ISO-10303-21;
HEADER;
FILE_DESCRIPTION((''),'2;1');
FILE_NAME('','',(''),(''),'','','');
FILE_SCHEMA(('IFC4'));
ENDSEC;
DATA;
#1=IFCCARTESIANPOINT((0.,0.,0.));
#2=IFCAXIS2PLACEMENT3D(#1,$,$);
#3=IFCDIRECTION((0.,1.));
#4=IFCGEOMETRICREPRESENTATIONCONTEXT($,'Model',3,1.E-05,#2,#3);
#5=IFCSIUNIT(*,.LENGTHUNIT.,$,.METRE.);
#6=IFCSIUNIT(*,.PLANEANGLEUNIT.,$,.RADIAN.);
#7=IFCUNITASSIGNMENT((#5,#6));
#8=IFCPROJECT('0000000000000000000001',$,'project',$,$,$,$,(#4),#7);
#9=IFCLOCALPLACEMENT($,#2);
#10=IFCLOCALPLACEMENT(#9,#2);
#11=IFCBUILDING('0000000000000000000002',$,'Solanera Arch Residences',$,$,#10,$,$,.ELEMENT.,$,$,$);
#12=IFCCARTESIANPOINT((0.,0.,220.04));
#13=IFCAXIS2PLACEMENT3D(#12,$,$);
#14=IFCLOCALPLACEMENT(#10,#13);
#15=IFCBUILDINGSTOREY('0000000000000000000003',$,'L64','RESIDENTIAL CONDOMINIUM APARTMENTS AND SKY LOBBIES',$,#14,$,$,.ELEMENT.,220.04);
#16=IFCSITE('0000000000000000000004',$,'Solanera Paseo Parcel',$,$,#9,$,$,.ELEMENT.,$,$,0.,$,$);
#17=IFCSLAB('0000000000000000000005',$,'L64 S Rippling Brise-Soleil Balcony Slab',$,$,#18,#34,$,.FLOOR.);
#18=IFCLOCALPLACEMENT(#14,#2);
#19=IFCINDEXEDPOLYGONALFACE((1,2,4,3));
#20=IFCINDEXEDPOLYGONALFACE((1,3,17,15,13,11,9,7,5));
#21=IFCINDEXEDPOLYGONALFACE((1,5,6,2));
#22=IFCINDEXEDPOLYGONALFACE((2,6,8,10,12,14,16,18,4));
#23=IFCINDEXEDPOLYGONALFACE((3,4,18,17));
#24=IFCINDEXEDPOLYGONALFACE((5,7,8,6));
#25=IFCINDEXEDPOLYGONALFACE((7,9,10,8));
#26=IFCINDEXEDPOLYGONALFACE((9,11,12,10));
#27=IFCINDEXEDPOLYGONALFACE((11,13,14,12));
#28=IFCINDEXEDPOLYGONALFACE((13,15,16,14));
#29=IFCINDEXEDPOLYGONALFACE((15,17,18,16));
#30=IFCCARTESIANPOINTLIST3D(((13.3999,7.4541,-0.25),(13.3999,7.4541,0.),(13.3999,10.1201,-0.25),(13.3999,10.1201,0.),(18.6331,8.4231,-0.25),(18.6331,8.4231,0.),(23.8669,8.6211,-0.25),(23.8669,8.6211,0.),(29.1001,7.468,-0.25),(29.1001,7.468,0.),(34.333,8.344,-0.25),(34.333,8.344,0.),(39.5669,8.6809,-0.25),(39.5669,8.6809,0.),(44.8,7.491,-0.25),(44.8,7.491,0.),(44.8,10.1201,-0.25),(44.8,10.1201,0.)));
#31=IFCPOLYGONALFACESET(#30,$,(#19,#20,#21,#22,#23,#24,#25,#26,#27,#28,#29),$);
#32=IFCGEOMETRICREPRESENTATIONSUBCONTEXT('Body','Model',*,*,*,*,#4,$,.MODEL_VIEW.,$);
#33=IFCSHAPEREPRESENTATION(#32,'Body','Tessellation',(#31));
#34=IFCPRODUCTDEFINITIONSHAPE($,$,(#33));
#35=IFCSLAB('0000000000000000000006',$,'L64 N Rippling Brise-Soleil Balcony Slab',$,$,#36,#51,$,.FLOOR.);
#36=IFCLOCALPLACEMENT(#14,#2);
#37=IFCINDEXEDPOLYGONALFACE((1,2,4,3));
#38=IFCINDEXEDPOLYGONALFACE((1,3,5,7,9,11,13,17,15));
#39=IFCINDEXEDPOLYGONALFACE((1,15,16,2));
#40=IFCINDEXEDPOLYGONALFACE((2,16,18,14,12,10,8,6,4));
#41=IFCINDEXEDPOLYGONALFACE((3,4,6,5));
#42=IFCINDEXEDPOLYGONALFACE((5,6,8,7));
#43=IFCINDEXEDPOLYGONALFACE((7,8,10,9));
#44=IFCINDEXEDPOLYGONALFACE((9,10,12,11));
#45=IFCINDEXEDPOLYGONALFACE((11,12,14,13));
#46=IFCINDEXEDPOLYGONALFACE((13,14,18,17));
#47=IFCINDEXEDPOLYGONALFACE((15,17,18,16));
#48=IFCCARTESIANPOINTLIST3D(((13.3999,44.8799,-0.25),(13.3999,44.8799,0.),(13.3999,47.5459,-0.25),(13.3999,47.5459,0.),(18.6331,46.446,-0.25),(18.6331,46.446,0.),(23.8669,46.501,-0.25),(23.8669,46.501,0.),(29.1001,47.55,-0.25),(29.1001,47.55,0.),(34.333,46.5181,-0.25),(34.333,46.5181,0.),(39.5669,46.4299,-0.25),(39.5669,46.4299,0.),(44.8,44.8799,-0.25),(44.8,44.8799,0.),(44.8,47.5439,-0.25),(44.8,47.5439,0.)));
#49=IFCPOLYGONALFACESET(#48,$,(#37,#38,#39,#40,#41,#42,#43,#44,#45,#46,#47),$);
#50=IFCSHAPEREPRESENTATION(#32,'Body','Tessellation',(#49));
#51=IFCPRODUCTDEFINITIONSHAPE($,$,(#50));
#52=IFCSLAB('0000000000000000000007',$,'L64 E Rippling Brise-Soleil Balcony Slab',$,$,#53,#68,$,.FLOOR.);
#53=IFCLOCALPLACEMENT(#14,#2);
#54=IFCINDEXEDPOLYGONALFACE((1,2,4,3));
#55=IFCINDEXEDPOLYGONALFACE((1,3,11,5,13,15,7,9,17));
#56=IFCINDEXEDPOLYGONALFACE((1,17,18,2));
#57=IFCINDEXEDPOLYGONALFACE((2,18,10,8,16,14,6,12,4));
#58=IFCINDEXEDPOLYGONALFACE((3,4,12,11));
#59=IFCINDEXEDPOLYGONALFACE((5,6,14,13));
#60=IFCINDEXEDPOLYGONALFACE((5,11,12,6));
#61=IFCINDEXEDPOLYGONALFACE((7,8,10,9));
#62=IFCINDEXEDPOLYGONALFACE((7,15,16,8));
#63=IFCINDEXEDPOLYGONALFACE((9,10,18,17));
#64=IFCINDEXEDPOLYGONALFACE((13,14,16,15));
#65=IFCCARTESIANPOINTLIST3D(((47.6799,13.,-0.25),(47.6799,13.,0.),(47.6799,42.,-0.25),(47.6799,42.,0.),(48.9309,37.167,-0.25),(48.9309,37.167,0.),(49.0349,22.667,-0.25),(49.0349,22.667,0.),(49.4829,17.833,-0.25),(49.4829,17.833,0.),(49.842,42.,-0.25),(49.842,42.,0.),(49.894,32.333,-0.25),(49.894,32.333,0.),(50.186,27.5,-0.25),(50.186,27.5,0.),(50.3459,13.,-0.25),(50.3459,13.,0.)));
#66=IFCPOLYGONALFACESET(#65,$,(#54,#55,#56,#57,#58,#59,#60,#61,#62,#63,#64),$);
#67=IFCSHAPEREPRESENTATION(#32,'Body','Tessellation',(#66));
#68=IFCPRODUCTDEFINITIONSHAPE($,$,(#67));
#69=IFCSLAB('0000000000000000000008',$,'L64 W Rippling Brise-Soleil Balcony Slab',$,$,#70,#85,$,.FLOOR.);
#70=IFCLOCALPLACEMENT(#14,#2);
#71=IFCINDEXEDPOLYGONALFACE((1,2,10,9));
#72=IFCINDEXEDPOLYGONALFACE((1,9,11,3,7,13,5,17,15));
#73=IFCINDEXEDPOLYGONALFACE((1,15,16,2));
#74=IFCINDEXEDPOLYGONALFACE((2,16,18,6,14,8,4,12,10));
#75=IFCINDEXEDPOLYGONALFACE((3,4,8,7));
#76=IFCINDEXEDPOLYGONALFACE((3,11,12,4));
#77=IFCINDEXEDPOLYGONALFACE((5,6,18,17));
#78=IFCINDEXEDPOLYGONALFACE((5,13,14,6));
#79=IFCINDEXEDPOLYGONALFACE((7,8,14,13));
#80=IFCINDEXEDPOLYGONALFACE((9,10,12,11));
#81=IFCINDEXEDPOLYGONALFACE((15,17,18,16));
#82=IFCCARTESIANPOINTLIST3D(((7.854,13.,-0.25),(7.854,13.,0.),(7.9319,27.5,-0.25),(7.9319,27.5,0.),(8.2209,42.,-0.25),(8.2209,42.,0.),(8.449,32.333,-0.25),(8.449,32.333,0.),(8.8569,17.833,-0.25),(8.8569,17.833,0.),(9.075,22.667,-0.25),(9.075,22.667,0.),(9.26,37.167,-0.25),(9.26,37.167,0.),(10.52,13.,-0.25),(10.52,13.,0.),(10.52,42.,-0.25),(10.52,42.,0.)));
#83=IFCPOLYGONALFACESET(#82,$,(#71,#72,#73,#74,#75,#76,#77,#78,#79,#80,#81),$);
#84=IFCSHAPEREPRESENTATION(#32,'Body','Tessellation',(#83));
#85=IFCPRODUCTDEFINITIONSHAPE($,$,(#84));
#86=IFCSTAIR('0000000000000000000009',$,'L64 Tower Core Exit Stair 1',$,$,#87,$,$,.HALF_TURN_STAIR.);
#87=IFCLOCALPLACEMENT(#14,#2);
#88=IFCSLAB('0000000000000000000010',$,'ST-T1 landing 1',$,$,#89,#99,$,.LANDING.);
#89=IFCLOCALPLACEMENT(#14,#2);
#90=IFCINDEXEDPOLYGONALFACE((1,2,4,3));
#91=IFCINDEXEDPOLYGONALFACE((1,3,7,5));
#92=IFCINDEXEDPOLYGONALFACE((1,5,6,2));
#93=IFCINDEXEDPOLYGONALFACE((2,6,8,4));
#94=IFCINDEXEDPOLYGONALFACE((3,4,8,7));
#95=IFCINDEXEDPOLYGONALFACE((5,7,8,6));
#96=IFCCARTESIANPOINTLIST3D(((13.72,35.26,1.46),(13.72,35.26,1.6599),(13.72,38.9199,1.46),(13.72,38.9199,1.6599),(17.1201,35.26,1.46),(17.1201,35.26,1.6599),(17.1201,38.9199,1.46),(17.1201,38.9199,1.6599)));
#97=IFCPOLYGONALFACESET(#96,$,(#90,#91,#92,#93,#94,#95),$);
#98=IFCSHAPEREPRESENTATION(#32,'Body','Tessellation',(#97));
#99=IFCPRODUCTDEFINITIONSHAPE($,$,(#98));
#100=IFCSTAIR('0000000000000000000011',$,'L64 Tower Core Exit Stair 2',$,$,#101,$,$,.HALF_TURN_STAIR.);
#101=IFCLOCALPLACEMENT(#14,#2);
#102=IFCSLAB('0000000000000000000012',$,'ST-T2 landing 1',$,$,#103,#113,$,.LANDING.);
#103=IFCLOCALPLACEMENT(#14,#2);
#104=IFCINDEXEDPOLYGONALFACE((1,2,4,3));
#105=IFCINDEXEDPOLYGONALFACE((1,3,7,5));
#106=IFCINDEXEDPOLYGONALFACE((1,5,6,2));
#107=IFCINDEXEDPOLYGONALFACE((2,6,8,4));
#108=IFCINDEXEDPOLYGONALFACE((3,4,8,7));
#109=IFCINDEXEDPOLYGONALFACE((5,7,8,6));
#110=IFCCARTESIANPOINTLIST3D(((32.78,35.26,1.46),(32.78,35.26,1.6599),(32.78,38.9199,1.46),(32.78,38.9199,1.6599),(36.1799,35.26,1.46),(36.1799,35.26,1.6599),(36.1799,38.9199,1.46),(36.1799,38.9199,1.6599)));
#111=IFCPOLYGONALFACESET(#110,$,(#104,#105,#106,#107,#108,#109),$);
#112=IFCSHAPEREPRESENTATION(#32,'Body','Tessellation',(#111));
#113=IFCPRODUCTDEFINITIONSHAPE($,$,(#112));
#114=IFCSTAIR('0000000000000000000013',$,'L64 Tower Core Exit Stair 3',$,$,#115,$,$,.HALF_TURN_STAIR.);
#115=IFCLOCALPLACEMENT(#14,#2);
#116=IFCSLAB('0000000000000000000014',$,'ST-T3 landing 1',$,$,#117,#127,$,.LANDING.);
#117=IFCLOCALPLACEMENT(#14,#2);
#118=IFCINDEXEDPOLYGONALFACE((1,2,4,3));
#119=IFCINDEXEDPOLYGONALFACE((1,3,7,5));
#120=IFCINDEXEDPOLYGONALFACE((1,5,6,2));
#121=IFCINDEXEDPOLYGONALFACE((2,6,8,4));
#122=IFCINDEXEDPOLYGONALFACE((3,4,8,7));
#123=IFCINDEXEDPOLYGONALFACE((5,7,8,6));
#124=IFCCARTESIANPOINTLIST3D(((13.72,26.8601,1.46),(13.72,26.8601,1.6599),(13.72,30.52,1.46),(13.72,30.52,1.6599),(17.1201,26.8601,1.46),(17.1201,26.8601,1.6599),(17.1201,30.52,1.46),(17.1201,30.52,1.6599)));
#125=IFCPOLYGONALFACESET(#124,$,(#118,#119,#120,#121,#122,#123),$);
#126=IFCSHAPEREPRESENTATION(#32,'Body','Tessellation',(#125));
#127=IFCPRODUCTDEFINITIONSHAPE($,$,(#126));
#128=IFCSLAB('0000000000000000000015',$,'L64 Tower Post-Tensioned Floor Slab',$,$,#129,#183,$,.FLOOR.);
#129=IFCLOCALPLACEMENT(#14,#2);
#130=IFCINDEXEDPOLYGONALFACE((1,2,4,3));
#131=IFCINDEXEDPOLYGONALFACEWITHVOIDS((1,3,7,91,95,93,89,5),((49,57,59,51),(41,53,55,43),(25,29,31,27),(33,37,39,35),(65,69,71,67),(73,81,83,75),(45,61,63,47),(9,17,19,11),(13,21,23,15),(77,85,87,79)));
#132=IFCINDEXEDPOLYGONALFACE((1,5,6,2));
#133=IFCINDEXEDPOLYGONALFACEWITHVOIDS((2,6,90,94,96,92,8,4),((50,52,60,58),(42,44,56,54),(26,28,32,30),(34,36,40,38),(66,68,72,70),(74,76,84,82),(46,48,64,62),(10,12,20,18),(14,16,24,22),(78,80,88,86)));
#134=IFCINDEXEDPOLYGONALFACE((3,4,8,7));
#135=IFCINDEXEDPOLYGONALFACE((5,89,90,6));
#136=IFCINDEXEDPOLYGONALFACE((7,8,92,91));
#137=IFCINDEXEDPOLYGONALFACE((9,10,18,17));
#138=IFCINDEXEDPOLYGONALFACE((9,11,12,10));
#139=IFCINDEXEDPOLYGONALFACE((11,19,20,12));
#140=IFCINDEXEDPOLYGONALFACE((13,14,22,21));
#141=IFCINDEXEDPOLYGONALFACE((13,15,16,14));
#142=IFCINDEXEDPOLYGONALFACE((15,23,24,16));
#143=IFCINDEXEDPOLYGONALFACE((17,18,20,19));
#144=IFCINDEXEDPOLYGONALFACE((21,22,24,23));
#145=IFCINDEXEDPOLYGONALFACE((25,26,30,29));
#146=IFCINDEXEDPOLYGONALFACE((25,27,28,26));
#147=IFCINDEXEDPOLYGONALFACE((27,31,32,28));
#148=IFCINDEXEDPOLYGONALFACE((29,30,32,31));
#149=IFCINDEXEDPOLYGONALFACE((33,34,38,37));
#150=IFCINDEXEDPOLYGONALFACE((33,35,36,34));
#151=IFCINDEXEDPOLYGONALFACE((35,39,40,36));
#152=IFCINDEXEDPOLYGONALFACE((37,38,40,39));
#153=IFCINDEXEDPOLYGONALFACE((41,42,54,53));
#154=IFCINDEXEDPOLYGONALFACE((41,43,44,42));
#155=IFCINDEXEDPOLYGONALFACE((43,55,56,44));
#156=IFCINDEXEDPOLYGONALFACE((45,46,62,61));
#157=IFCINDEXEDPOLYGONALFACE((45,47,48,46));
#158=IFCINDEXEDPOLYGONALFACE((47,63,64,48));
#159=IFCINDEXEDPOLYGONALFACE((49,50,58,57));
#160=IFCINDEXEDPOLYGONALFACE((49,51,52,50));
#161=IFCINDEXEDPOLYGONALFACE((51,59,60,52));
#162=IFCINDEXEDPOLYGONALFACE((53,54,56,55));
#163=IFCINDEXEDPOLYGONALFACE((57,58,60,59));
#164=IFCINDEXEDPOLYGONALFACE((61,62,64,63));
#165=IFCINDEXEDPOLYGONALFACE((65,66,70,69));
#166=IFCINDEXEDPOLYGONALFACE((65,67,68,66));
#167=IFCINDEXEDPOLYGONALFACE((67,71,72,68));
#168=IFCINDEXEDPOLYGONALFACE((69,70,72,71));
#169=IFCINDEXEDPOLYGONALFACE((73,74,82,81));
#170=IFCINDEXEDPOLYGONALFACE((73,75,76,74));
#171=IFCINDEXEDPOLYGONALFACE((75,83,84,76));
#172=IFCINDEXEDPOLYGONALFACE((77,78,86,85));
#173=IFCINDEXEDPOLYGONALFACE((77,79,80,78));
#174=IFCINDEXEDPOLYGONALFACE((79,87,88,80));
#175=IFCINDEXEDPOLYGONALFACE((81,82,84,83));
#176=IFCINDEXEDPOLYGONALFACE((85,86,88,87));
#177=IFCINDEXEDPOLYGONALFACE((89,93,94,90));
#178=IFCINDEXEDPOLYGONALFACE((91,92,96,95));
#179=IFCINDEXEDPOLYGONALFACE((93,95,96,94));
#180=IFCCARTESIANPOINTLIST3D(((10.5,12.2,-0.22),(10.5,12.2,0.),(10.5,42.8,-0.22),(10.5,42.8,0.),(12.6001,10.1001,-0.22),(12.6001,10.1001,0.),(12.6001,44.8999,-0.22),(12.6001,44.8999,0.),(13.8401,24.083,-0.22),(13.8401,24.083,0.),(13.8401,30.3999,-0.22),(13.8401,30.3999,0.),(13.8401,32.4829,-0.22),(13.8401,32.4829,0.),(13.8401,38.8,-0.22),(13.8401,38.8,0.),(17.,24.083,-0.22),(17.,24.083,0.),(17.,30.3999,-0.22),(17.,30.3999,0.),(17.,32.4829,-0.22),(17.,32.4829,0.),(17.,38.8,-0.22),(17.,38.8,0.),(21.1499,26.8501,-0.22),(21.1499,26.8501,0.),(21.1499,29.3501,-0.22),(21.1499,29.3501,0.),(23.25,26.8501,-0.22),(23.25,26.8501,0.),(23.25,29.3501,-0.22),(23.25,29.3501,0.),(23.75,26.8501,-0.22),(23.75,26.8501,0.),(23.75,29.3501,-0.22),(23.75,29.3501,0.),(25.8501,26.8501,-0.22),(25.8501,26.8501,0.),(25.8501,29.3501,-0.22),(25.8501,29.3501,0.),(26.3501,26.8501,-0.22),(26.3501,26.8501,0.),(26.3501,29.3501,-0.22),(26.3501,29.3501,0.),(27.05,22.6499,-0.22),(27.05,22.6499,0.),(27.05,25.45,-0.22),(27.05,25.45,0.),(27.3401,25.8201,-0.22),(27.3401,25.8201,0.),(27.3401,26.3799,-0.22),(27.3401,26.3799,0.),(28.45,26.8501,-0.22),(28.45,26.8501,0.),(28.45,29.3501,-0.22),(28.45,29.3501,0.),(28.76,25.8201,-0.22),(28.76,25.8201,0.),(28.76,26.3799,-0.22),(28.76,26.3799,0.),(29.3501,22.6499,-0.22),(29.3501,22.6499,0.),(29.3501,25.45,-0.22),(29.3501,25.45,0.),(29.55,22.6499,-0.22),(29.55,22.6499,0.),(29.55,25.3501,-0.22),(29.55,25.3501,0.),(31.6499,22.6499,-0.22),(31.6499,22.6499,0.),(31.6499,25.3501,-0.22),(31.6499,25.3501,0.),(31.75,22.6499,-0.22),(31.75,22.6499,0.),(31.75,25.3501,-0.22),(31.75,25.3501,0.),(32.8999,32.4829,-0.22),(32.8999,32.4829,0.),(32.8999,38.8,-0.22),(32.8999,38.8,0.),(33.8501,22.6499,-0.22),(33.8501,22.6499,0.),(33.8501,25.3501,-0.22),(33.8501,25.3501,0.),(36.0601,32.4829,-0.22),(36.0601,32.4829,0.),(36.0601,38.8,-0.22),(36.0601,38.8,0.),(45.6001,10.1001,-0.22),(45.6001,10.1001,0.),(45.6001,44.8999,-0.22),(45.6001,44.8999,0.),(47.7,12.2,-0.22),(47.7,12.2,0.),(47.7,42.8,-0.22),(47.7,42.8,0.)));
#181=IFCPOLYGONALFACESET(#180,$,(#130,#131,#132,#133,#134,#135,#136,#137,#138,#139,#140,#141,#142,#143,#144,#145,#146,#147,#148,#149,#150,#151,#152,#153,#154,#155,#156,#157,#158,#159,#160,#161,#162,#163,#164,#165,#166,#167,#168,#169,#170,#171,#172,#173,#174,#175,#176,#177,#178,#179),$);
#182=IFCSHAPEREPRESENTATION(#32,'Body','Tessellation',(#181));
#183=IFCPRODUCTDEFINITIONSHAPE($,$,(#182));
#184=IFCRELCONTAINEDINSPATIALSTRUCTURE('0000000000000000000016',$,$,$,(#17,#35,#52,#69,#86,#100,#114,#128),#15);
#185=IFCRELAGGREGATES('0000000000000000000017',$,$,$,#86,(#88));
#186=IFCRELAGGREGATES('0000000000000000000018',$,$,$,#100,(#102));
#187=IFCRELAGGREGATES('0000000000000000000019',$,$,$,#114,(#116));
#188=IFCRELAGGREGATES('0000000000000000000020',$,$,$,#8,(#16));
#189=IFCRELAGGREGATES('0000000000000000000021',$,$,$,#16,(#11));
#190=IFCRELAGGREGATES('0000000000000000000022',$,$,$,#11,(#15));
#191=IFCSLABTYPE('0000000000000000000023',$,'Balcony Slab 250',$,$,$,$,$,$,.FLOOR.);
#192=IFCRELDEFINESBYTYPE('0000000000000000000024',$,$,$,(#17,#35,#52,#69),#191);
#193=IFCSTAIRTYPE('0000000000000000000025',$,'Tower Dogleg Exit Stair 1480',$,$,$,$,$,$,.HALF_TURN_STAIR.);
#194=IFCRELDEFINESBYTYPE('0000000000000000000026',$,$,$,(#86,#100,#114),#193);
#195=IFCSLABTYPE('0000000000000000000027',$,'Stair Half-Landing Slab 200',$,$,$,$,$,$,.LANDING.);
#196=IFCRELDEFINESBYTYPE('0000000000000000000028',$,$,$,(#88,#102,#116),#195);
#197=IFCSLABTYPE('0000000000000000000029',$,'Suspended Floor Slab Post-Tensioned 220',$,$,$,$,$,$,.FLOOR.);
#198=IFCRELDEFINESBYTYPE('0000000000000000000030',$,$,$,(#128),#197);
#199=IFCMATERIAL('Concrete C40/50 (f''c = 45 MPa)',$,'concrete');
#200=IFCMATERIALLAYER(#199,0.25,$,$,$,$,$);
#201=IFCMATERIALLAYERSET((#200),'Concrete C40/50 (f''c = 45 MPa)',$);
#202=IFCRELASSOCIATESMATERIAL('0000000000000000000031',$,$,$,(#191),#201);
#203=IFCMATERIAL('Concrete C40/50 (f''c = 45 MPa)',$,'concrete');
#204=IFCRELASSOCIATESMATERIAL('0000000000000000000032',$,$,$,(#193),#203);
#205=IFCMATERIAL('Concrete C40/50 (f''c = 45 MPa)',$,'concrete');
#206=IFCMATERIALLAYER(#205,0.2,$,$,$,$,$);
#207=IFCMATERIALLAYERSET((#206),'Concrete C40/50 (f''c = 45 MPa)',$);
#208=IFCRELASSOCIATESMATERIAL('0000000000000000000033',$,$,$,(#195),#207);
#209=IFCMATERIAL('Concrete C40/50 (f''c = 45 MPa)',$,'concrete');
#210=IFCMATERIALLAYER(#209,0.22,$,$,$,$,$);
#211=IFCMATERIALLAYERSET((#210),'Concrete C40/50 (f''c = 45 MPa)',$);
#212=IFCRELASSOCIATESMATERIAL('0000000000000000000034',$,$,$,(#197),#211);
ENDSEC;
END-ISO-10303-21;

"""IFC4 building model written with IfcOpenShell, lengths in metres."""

from ifc_helpers import new_model, si_unit, direction, frame, origin, place, context, subcontext, project, spatial, polyline, outline, extrude, material, layer, layer_set, type_object, element, aggregate, save


model = new_model("IFC4")

# Units and contexts
model_context = context("Model", 3, precision=1e-05, world=origin(), true_north=direction((0.0, 1.0)))
body_context = subcontext(model_context, "Body", "Model", "MODEL_VIEW")
ifc_project = project(units=[si_unit("LENGTHUNIT", "METRE"), si_unit("PLANEANGLEUNIT", "RADIAN")], contexts=[model_context])

# Site, building, storey
site_placement = place(None, origin())
site = spatial("IfcSite", under=ifc_project, at=site_placement, Name="Solanera Paseo Parcel", CompositionType="ELEMENT", RefElevation=0.0)
building_placement = place(site_placement, origin())
building = spatial("IfcBuilding", under=site, at=building_placement, Name="Solanera Arch Residences", CompositionType="ELEMENT")
storey_placement = place(building_placement, frame((0.0, 0.0, 220.04)))
storey = spatial("IfcBuildingStorey", under=building, at=storey_placement, Name="L64", Description="RESIDENTIAL CONDOMINIUM APARTMENTS AND SKY LOBBIES", CompositionType="ELEMENT", Elevation=220.04)

# Slabs
ifc_material_1 = material(Name="Concrete C40/50 (f'c = 45 MPa)", Category="concrete")
ifc_layer_1 = layer(ifc_material_1, 0.25)
ifc_layer_set_1 = layer_set([ifc_layer_1], Name="Concrete C40/50 (f'c = 45 MPa)")
slab_type_1 = type_object("IfcSlabType", Name="Balcony Slab 250", PredefinedType="FLOOR", material=ifc_layer_set_1)
slab_1_placement = place(storey_placement, frame((0.0, 0.0, -0.25)))
element("IfcSlab", 1, at=slab_1_placement, inside=storey, type_object=slab_type_1, Name="L64 S Rippling Brise-Soleil Balcony Slab", PredefinedType="FLOOR", context=body_context, shape_type="SweptSolid", body=[
    extrude(outline(polyline([(13.3999, 7.4541), (18.6331, 8.4231), (23.8669, 8.6211), (29.1001, 7.468), (34.333, 8.344), (39.5669, 8.6809), (44.8, 7.491), (44.8, 10.1201), (13.3999, 10.1201), (13.3999, 7.4541)])), origin(), (0.0, 0.0, 1.0), 0.25),
])
slab_2_placement = place(storey_placement, frame((0.0, 0.0, -0.25)))
element("IfcSlab", 2, at=slab_2_placement, inside=storey, type_object=slab_type_1, Name="L64 N Rippling Brise-Soleil Balcony Slab", PredefinedType="FLOOR", context=body_context, shape_type="SweptSolid", body=[
    extrude(outline(polyline([(44.8, 47.5439), (39.5669, 46.4299), (34.333, 46.5181), (29.1001, 47.55), (23.8669, 46.501), (18.6331, 46.446), (13.3999, 47.5459), (13.3999, 44.8799), (44.8, 44.8799), (44.8, 47.5439)])), origin(), (0.0, 0.0, 1.0), 0.25),
])
slab_3_placement = place(storey_placement, frame((0.0, 0.0, -0.25)))
element("IfcSlab", 3, at=slab_3_placement, inside=storey, type_object=slab_type_1, Name="L64 E Rippling Brise-Soleil Balcony Slab", PredefinedType="FLOOR", context=body_context, shape_type="SweptSolid", body=[
    extrude(outline(polyline([(50.3459, 13.0), (49.4829, 17.833), (49.0349, 22.667), (50.186, 27.5), (49.894, 32.333), (48.9309, 37.167), (49.842, 42.0), (47.6799, 42.0), (47.6799, 13.0), (50.3459, 13.0)])), origin(), (0.0, 0.0, 1.0), 0.25),
])
slab_4_placement = place(storey_placement, frame((0.0, 0.0, -0.25)))
element("IfcSlab", 4, at=slab_4_placement, inside=storey, type_object=slab_type_1, Name="L64 W Rippling Brise-Soleil Balcony Slab", PredefinedType="FLOOR", context=body_context, shape_type="SweptSolid", body=[
    extrude(outline(polyline([(8.2209, 42.0), (9.26, 37.167), (8.449, 32.333), (7.9319, 27.5), (9.075, 22.667), (8.8569, 17.833), (7.854, 13.0), (10.52, 13.0), (10.52, 42.0), (8.2209, 42.0)])), origin(), (0.0, 0.0, 1.0), 0.25),
])

# Stairs, slabs
ifc_material_2 = material(Name="Concrete C40/50 (f'c = 45 MPa)", Category="concrete")
stair_type = type_object("IfcStairType", Name="Tower Dogleg Exit Stair 1480", PredefinedType="HALF_TURN_STAIR", material=ifc_material_2)
stair_1_placement = place(storey_placement, origin())
stair_1 = element("IfcStair", 5, at=stair_1_placement, inside=storey, type_object=stair_type, Name="L64 Tower Core Exit Stair 1", PredefinedType="HALF_TURN_STAIR")
ifc_material_3 = material(Name="Concrete C40/50 (f'c = 45 MPa)", Category="concrete")
ifc_layer_2 = layer(ifc_material_3, 0.2)
ifc_layer_set_2 = layer_set([ifc_layer_2], Name="Concrete C40/50 (f'c = 45 MPa)")
slab_type_2 = type_object("IfcSlabType", Name="Stair Half-Landing Slab 200", PredefinedType="LANDING", material=ifc_layer_set_2)
slab_5_placement = place(storey_placement, frame((0.0, 0.0, 1.46)))
slab_5 = element("IfcSlab", 6, at=slab_5_placement, type_object=slab_type_2, Name="ST-T1 landing 1", PredefinedType="LANDING", context=body_context, shape_type="SweptSolid", body=[
    extrude(outline(polyline([(17.1201, 35.26), (17.1201, 38.9199), (13.72, 38.9199), (13.72, 35.26), (17.1201, 35.26)])), origin(), (0.0, 0.0, 1.0), 0.2),
])
aggregate(stair_1, [slab_5])
stair_2_placement = place(storey_placement, origin())
stair_2 = element("IfcStair", 7, at=stair_2_placement, inside=storey, type_object=stair_type, Name="L64 Tower Core Exit Stair 2", PredefinedType="HALF_TURN_STAIR")
slab_6_placement = place(storey_placement, frame((0.0, 0.0, 1.46)))
slab_6 = element("IfcSlab", 8, at=slab_6_placement, type_object=slab_type_2, Name="ST-T2 landing 1", PredefinedType="LANDING", context=body_context, shape_type="SweptSolid", body=[
    extrude(outline(polyline([(36.1799, 35.26), (36.1799, 38.9199), (32.78, 38.9199), (32.78, 35.26), (36.1799, 35.26)])), origin(), (0.0, 0.0, 1.0), 0.2),
])
aggregate(stair_2, [slab_6])
stair_3_placement = place(storey_placement, origin())
stair_3 = element("IfcStair", 9, at=stair_3_placement, inside=storey, type_object=stair_type, Name="L64 Tower Core Exit Stair 3", PredefinedType="HALF_TURN_STAIR")
slab_7_placement = place(storey_placement, frame((0.0, 0.0, 1.46)))
slab_7 = element("IfcSlab", 10, at=slab_7_placement, type_object=slab_type_2, Name="ST-T3 landing 1", PredefinedType="LANDING", context=body_context, shape_type="SweptSolid", body=[
    extrude(outline(polyline([(17.1201, 26.8601), (17.1201, 30.52), (13.72, 30.52), (13.72, 26.8601), (17.1201, 26.8601)])), origin(), (0.0, 0.0, 1.0), 0.2),
])
aggregate(stair_3, [slab_7])

# Slab
ifc_material_4 = material(Name="Concrete C40/50 (f'c = 45 MPa)", Category="concrete")
ifc_layer_3 = layer(ifc_material_4, 0.22)
ifc_layer_set_3 = layer_set([ifc_layer_3], Name="Concrete C40/50 (f'c = 45 MPa)")
slab_type_3 = type_object("IfcSlabType", Name="Suspended Floor Slab Post-Tensioned 220", PredefinedType="FLOOR", material=ifc_layer_set_3)
slab_8_placement = place(storey_placement, frame((0.0, 0.0, -0.22)))
element("IfcSlab", 11, at=slab_8_placement, inside=storey, type_object=slab_type_3, Name="L64 Tower Post-Tensioned Floor Slab", PredefinedType="FLOOR", context=body_context, shape_type="SweptSolid", body=[
    extrude(outline(polyline([(12.6001, 10.1001), (45.6001, 10.1001), (47.7, 12.2), (47.7, 42.8), (45.6001, 44.8999), (12.6001, 44.8999), (10.5, 42.8), (10.5, 12.2), (12.6001, 10.1001)]), holes=[polyline([(13.8401, 32.4829), (13.8401, 38.8), (17.0, 38.8), (17.0, 32.4829), (13.8401, 32.4829)]), polyline([(32.8999, 32.4829), (32.8999, 38.8), (36.0601, 38.8), (36.0601, 32.4829), (32.8999, 32.4829)]), polyline([(13.8401, 24.083), (13.8401, 30.3999), (17.0, 30.3999), (17.0, 24.083), (13.8401, 24.083)]), polyline([(21.1499, 29.3501), (23.25, 29.3501), (23.25, 26.8501), (21.1499, 26.8501), (21.1499, 29.3501)]), polyline([(23.75, 29.3501), (25.8501, 29.3501), (25.8501, 26.8501), (23.75, 26.8501), (23.75, 29.3501)]), polyline([(26.3501, 29.3501), (28.45, 29.3501), (28.45, 26.8501), (26.3501, 26.8501), (26.3501, 29.3501)]), polyline([(29.55, 25.3501), (31.6499, 25.3501), (31.6499, 22.6499), (29.55, 22.6499), (29.55, 25.3501)]), polyline([(31.75, 25.3501), (33.8501, 25.3501), (33.8501, 22.6499), (31.75, 22.6499), (31.75, 25.3501)]), polyline([(27.05, 25.45), (29.3501, 25.45), (29.3501, 22.6499), (27.05, 22.6499), (27.05, 25.45)]), polyline([(27.3401, 26.3799), (28.76, 26.3799), (28.76, 25.8201), (27.3401, 25.8201), (27.3401, 26.3799)])]), origin(), (0.0, 0.0, 1.0), 0.22),
])

save(model, "model.ifc")
